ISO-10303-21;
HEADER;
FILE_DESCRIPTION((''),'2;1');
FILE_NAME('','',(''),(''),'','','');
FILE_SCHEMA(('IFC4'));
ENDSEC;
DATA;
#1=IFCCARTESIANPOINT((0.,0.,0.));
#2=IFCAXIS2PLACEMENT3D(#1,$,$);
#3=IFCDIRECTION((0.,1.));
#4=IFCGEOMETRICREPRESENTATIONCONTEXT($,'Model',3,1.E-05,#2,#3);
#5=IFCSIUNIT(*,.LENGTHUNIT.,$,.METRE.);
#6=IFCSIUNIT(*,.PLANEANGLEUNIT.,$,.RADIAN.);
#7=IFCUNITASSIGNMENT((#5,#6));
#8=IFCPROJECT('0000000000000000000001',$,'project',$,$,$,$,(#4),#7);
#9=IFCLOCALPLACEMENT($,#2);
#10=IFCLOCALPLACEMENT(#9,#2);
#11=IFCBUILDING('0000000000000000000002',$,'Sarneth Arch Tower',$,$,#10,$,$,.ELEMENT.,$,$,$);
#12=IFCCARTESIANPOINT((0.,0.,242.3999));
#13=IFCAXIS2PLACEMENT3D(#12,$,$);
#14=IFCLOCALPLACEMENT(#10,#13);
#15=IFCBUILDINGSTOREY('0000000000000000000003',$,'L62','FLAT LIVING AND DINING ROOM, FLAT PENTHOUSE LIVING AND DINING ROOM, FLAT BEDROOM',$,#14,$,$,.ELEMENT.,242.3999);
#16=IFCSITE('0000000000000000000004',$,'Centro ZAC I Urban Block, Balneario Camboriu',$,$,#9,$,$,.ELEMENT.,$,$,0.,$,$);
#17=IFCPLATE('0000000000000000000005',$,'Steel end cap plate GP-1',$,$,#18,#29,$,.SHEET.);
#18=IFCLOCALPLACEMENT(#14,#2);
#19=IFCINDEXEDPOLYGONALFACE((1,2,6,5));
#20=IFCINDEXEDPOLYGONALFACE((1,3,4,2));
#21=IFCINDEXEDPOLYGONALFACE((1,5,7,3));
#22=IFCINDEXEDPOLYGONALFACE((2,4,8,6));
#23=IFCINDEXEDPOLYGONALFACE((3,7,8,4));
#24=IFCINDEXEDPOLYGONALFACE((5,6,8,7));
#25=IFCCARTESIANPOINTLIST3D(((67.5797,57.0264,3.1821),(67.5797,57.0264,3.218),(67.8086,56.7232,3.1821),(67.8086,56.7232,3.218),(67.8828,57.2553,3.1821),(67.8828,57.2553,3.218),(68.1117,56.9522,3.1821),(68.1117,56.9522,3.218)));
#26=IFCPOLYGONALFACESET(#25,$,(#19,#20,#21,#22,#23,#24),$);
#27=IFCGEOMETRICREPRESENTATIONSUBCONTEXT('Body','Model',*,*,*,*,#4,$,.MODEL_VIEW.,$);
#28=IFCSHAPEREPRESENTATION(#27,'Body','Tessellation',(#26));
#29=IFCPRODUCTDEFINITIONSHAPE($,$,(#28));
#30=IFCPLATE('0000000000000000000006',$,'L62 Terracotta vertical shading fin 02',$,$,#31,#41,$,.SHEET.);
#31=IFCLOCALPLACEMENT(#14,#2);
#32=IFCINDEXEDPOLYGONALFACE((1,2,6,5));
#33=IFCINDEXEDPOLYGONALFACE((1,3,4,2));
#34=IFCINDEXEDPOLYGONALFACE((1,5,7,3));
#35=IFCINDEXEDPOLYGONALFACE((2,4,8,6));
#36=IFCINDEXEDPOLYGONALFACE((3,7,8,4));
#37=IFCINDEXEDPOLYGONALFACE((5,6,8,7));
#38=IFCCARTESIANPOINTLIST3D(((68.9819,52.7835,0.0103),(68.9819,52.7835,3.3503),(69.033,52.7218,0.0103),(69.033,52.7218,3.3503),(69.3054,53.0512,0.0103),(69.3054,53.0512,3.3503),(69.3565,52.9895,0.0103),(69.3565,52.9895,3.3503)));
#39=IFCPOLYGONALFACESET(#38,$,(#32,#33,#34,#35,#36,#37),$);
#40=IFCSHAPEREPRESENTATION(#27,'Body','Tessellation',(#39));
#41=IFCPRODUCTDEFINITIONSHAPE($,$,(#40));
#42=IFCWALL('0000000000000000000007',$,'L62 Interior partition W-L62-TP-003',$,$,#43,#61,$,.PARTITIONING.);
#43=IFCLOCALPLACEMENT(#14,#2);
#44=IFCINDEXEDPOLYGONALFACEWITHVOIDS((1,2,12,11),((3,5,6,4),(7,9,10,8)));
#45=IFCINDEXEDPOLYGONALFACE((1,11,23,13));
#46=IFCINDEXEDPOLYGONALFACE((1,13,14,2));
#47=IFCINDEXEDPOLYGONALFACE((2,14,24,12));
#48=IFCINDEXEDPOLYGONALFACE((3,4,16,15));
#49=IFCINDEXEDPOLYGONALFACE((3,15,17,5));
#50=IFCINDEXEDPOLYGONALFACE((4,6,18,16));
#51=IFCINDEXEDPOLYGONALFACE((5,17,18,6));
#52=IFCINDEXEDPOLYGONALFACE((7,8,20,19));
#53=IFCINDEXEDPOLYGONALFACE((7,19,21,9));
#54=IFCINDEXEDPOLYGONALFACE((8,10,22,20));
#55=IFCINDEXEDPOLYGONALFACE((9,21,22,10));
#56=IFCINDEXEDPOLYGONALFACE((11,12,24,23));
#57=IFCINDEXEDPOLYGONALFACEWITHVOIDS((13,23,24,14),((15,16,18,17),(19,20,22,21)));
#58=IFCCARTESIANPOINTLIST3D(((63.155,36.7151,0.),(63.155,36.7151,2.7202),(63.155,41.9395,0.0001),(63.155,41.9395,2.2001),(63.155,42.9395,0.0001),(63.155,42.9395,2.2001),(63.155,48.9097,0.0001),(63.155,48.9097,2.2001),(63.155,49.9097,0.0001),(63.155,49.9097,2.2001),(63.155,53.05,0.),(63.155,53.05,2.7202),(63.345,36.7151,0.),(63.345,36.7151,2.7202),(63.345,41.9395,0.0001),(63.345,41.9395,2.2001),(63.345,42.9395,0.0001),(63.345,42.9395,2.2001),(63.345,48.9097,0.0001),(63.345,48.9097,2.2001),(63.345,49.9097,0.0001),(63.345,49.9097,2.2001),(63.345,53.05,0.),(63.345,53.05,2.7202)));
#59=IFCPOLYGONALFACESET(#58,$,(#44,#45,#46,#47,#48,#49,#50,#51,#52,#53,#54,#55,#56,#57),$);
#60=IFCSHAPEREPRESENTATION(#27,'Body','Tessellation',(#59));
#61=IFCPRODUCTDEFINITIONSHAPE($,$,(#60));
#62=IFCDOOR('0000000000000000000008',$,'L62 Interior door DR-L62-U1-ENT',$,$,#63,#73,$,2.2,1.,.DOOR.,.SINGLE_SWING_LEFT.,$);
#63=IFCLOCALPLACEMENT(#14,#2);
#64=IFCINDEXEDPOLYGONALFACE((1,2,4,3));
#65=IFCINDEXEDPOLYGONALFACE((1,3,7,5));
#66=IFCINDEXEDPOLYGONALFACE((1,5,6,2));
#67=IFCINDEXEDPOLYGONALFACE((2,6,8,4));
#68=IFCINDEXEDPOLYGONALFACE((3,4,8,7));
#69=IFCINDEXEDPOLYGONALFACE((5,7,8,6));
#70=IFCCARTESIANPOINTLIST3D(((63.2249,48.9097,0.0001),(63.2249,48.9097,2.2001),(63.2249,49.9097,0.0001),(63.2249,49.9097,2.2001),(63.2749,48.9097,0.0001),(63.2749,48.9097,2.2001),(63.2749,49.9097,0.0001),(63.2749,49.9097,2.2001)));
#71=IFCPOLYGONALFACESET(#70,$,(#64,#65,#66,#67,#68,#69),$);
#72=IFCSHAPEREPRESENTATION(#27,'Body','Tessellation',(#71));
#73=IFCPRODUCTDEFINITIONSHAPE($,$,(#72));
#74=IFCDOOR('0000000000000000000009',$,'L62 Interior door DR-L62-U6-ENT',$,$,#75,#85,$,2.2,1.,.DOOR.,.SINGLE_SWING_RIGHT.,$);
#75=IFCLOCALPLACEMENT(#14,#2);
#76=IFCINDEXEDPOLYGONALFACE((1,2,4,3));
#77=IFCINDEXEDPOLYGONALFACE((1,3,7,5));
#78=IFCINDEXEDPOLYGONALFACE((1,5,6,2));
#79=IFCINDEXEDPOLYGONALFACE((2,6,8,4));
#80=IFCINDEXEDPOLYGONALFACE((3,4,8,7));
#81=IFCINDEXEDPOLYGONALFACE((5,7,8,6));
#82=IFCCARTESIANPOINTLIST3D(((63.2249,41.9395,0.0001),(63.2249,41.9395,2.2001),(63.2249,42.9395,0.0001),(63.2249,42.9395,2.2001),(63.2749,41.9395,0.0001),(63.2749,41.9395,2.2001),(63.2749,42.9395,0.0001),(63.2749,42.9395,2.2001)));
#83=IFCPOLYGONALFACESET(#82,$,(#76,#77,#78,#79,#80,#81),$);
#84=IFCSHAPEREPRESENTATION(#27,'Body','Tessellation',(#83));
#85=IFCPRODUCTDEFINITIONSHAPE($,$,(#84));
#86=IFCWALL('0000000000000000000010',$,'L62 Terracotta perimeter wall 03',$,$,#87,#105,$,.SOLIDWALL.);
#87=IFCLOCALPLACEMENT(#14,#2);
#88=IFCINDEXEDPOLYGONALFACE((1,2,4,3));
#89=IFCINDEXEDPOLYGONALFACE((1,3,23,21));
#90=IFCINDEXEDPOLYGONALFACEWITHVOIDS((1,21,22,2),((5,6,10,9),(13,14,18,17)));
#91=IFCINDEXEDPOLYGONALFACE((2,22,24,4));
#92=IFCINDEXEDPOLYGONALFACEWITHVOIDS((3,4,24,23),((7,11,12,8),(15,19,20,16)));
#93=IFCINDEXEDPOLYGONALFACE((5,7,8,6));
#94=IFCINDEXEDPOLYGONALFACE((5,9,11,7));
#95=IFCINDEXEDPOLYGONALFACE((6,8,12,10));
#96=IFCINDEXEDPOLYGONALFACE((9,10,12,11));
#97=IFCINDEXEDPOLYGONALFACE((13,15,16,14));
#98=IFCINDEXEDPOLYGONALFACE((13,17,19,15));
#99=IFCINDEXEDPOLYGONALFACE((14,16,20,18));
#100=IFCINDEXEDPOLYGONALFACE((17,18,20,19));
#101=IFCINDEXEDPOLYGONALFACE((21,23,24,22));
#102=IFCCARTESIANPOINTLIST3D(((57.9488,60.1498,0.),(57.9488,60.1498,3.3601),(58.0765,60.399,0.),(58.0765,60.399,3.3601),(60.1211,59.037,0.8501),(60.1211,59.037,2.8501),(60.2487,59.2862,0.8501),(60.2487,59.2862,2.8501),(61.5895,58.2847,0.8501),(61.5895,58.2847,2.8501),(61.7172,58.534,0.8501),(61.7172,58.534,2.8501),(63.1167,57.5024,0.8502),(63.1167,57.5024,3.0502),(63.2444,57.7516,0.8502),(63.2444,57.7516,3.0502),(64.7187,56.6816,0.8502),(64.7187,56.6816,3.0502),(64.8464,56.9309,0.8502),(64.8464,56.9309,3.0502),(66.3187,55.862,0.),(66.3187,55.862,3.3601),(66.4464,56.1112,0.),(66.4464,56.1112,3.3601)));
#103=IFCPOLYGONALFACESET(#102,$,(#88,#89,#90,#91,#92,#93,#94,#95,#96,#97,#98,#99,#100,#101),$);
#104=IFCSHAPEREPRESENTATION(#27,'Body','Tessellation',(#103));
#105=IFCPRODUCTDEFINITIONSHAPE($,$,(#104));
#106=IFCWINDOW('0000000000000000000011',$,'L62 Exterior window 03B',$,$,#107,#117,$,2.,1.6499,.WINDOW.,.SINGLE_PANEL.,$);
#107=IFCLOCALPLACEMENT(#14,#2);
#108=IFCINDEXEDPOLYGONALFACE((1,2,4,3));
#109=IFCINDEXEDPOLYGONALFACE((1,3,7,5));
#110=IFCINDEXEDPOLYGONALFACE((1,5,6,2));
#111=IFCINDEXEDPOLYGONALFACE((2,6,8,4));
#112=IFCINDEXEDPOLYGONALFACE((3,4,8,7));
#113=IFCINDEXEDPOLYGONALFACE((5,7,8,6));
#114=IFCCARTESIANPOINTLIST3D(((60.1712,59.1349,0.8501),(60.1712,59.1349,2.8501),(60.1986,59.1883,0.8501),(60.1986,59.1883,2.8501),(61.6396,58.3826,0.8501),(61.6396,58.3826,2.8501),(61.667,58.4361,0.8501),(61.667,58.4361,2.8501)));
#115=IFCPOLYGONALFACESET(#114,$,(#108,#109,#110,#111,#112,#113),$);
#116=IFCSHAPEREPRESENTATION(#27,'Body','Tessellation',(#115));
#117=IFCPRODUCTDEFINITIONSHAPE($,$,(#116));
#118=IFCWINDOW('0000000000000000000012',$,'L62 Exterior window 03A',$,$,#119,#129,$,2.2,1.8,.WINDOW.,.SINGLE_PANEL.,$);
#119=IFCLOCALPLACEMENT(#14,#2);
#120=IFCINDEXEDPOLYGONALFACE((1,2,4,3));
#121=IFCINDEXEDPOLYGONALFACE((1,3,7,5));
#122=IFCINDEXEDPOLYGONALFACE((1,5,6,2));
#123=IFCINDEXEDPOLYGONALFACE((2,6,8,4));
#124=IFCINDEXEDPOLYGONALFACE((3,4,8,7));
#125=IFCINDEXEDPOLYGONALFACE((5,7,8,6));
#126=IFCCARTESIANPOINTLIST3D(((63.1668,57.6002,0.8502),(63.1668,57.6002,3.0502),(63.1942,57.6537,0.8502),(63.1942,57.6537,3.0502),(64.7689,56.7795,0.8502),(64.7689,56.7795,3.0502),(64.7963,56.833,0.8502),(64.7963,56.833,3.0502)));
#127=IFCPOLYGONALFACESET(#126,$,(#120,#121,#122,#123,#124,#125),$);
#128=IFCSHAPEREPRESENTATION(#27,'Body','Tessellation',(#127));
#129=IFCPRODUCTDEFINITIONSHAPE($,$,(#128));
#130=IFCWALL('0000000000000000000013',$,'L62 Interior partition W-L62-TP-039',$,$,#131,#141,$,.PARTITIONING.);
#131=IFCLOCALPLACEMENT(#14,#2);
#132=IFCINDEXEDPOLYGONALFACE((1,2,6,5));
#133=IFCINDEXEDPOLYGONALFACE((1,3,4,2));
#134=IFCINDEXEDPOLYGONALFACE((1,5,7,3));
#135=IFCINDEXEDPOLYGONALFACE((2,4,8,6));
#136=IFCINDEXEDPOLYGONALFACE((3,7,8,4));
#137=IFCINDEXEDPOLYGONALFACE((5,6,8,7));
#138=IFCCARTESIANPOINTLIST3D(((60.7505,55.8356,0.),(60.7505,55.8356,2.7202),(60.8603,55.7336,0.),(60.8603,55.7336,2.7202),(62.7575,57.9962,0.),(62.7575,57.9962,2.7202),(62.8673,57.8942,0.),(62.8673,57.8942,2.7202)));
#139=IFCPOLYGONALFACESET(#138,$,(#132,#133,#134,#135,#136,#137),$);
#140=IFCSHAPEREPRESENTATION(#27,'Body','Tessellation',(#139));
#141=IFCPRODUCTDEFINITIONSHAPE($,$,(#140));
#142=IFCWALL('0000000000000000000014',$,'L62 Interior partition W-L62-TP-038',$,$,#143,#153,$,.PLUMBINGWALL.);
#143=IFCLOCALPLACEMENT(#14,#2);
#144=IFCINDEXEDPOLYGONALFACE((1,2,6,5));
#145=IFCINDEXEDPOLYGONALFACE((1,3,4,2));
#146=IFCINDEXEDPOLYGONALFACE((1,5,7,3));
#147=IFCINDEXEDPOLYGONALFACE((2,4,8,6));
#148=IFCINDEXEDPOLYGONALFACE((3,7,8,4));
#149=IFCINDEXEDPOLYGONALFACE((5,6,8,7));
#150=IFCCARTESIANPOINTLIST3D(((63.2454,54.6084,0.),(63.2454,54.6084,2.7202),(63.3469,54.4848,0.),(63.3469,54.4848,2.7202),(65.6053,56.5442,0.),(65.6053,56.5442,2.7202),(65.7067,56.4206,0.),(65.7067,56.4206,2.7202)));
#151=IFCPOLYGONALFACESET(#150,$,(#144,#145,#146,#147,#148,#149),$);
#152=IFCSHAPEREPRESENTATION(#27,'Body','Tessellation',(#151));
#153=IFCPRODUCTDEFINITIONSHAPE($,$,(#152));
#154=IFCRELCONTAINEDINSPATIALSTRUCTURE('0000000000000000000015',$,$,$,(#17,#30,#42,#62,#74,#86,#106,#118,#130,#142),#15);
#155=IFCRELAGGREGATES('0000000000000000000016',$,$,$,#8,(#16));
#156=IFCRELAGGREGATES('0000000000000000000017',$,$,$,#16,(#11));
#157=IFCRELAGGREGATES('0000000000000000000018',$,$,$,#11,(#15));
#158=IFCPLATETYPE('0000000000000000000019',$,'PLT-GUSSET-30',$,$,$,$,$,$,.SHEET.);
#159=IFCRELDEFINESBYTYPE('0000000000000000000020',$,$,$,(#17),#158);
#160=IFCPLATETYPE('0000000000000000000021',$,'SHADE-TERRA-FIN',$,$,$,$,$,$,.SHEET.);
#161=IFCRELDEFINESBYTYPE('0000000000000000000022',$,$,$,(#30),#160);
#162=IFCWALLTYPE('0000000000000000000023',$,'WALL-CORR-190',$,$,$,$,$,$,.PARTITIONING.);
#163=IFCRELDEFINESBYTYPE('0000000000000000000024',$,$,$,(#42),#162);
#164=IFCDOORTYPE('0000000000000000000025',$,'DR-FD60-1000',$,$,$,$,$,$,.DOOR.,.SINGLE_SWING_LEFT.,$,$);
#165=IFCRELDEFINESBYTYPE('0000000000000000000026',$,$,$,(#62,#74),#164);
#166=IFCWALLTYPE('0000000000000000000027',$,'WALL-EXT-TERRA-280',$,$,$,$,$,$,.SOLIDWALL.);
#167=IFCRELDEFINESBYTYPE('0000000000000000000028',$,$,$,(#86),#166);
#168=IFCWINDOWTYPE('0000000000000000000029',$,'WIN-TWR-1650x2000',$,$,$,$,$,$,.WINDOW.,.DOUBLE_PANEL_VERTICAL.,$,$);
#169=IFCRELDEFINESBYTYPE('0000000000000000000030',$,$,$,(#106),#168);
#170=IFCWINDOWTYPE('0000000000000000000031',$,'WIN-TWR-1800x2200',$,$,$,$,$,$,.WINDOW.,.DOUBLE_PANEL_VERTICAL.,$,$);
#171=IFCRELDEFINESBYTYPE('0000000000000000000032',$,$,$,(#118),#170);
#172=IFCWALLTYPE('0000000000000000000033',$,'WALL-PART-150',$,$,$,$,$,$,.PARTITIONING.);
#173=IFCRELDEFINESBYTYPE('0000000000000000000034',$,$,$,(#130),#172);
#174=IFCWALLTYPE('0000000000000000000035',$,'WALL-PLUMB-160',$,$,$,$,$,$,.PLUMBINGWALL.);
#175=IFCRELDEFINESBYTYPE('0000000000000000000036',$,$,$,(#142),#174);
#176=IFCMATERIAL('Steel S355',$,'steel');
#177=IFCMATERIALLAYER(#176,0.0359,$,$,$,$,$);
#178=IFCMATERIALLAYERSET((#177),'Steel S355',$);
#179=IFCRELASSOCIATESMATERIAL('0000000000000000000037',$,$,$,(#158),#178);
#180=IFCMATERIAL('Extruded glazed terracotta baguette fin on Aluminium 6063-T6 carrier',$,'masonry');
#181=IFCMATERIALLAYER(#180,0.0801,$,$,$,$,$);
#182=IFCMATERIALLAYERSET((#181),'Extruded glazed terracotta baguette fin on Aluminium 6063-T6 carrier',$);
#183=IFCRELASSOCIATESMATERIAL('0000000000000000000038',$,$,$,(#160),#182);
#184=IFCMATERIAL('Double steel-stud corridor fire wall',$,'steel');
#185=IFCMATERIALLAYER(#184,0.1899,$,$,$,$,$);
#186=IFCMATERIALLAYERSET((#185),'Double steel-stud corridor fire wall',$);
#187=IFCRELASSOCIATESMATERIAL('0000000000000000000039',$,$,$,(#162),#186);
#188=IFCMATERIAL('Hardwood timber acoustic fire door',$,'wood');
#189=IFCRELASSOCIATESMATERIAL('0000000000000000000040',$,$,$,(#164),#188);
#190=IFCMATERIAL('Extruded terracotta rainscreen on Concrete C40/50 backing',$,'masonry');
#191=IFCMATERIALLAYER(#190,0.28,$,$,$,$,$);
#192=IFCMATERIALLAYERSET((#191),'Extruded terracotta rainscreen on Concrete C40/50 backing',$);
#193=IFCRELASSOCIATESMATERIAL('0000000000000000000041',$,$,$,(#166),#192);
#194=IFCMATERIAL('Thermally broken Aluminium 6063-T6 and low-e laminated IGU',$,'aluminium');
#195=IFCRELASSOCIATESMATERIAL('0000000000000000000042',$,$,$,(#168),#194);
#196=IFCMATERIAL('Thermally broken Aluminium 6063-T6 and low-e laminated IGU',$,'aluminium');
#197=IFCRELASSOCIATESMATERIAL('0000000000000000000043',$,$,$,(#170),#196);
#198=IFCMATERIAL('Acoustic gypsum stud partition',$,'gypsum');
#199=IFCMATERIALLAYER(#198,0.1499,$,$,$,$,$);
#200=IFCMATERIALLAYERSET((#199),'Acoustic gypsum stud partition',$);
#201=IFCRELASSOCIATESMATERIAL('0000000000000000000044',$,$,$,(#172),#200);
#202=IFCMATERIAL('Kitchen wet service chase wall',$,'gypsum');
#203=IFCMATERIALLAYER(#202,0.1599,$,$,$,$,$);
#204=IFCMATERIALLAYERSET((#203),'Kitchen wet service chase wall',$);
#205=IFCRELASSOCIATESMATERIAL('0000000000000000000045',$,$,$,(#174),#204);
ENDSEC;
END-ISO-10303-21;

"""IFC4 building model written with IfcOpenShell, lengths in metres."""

from ifc_helpers import new_model, si_unit, direction, frame, frame_2d, origin, origin_2d, place, context, subcontext, project, spatial, rectangle, extrude, material, layer, layer_set, type_object, element, fill, save


model = new_model("IFC4")

# Units and contexts
model_context = context("Model", 3, precision=1e-05, world=origin(), true_north=direction((0.0, 1.0)))
body_context = subcontext(model_context, "Body", "Model", "MODEL_VIEW")
ifc_project = project(units=[si_unit("LENGTHUNIT", "METRE"), si_unit("PLANEANGLEUNIT", "RADIAN")], contexts=[model_context])

# Site, building, storey
site_placement = place(None, origin())
site = spatial("IfcSite", under=ifc_project, at=site_placement, Name="Centro ZAC I Urban Block, Balneario Camboriu", CompositionType="ELEMENT", RefElevation=0.0)
building_placement = place(site_placement, origin())
building = spatial("IfcBuilding", under=site, at=building_placement, Name="Sarneth Arch Tower", CompositionType="ELEMENT")
storey_placement = place(building_placement, frame((0.0, 0.0, 242.3999)))
storey = spatial("IfcBuildingStorey", under=building, at=storey_placement, Name="L62", Description="FLAT LIVING AND DINING ROOM, FLAT PENTHOUSE LIVING AND DINING ROOM, FLAT BEDROOM", CompositionType="ELEMENT", Elevation=242.3999)

# Plates
ifc_material_1 = material(Name="Steel S355", Category="steel")
ifc_layer_1 = layer(ifc_material_1, 0.0359)
ifc_layer_set_1 = layer_set([ifc_layer_1], Name="Steel S355")
plate_type_1 = type_object("IfcPlateType", Name="PLT-GUSSET-30", PredefinedType="SHEET", material=ifc_layer_set_1)
plate_1_placement = place(storey_placement, frame((67.8457, 56.9893, 3.1821), z_axis=(0.0, 0.0, 1.0), x_axis=(0.798005, 0.602651, 0.0)))
element("IfcPlate", 1, at=plate_1_placement, inside=storey, type_object=plate_type_1, Name="Steel end cap plate GP-1", PredefinedType="SHEET", context=body_context, shape_type="SweptSolid", body=[
    extrude(rectangle(XDim=0.3799, YDim=0.3799, at=origin_2d()), origin(), (0.0, 0.0, 1.0), 0.0359),
])
ifc_material_2 = material(Name="Extruded glazed terracotta baguette fin on Aluminium 6063-T6 carrier", Category="masonry")
ifc_layer_2 = layer(ifc_material_2, 0.0801)
ifc_layer_set_2 = layer_set([ifc_layer_2], Name="Extruded glazed terracotta baguette fin on Aluminium 6063-T6 carrier")
plate_type_2 = type_object("IfcPlateType", Name="SHADE-TERRA-FIN", PredefinedType="SHEET", material=ifc_layer_set_2)
plate_2_placement = place(storey_placement, frame((69.1692, 52.8865, 0.0103), z_axis=(0.0, 0.0, 1.0), x_axis=(0.770402, 0.637558, 0.0)))
element("IfcPlate", 2, at=plate_2_placement, inside=storey, type_object=plate_type_2, Name="L62 Terracotta vertical shading fin 02", PredefinedType="SHEET", context=body_context, shape_type="SweptSolid", body=[
    extrude(rectangle(XDim=0.4199, YDim=0.0801, at=origin_2d()), origin(), (0.0, 0.0, 1.0), 3.3401),
])

# Wall, openings, doors
ifc_material_3 = material(Name="Double steel-stud corridor fire wall", Category="steel")
ifc_layer_3 = layer(ifc_material_3, 0.1899)
ifc_layer_set_3 = layer_set([ifc_layer_3], Name="Double steel-stud corridor fire wall")
wall_type_1 = type_object("IfcWallType", Name="WALL-CORR-190", PredefinedType="PARTITIONING", material=ifc_layer_set_3)
wall_1_placement = place(storey_placement, frame((63.25, 53.05, 0.0), z_axis=(0.0, 0.0, 1.0), x_axis=(0.0, -1.0, 0.0)))
wall_1 = element("IfcWall", 3, at=wall_1_placement, inside=storey, type_object=wall_type_1, Name="L62 Interior partition W-L62-TP-003", PredefinedType="PARTITIONING", context=body_context, shape_type="SweptSolid", body=[
    extrude(rectangle(XDim=16.335, YDim=0.1899, at=frame_2d((8.1675, 0.0))), origin(), (0.0, 0.0, 1.0), 2.7202),
])
opening_1_placement = place(wall_1_placement, frame((3.1404, 0.0, 0.0)))
opening_1 = element("IfcOpeningElement", 4, at=opening_1_placement, cuts=wall_1, PredefinedType="OPENING", context=body_context, shape_type="SweptSolid", body=[
    extrude(rectangle(XDim=1.0, YDim=2.2, at=frame_2d((0.5, 1.1001))), frame((0.0, 0.105, 0.0), z_axis=(0.0, -1.0, 0.0), x_axis=(1.0, 0.0, 0.0)), (0.0, 0.0, 1.0), 0.21),
])
opening_2_placement = place(wall_1_placement, frame((10.1106, 0.0, 0.0)))
opening_2 = element("IfcOpeningElement", 5, at=opening_2_placement, cuts=wall_1, PredefinedType="OPENING", context=body_context, shape_type="SweptSolid", body=[
    extrude(rectangle(XDim=1.0, YDim=2.2, at=frame_2d((0.5, 1.1001))), frame((0.0, 0.105, 0.0), z_axis=(0.0, -1.0, 0.0), x_axis=(1.0, 0.0, 0.0)), (0.0, 0.0, 1.0), 0.21),
])
ifc_material_4 = material(Name="Hardwood timber acoustic fire door", Category="wood")
door_type_1 = type_object("IfcDoorType", Name="DR-FD60-1000", OperationType="SINGLE_SWING_LEFT", PredefinedType="DOOR", material=ifc_material_4)
door_1_placement = place(opening_1_placement, origin())
door_1 = element("IfcDoor", 6, at=door_1_placement, inside=storey, type_object=door_type_1, Name="L62 Interior door DR-L62-U1-ENT", OperationType="SINGLE_SWING_LEFT", OverallHeight=2.2, OverallWidth=1.0, PredefinedType="DOOR", context=body_context, shape_type="SweptSolid", body=[
    extrude(rectangle(XDim=1.0, YDim=2.2, at=frame_2d((0.5, 1.1001))), frame((0.0, 0.0249, 0.0), z_axis=(0.0, -1.0, 0.0), x_axis=(1.0, 0.0, 0.0)), (0.0, 0.0, 1.0), 0.05),
])
fill(opening_1, door_1)
door_2_placement = place(opening_2_placement, origin())
door_2 = element("IfcDoor", 7, at=door_2_placement, inside=storey, type_object=door_type_1, Name="L62 Interior door DR-L62-U6-ENT", OperationType="SINGLE_SWING_RIGHT", OverallHeight=2.2, OverallWidth=1.0, PredefinedType="DOOR", context=body_context, shape_type="SweptSolid", body=[
    extrude(rectangle(XDim=1.0, YDim=2.2, at=frame_2d((0.5, 1.1001))), frame((0.0, 0.0249, 0.0), z_axis=(0.0, -1.0, 0.0), x_axis=(1.0, 0.0, 0.0)), (0.0, 0.0, 1.0), 0.05),
])
fill(opening_2, door_2)

# Wall, openings, windows
ifc_material_5 = material(Name="Extruded terracotta rainscreen on Concrete C40/50 backing", Category="masonry")
ifc_layer_4 = layer(ifc_material_5, 0.28)
ifc_layer_set_4 = layer_set([ifc_layer_4], Name="Extruded terracotta rainscreen on Concrete C40/50 backing")
wall_type_2 = type_object("IfcWallType", Name="WALL-EXT-TERRA-280", PredefinedType="SOLIDWALL", material=ifc_layer_set_4)
wall_2_placement = place(storey_placement, frame((66.3826, 55.9866, 0.0), z_axis=(0.0, 0.0, 1.0), x_axis=(-0.890007, 0.455946, 0.0)))
wall_2 = element("IfcWall", 8, at=wall_2_placement, inside=storey, type_object=wall_type_2, Name="L62 Terracotta perimeter wall 03", PredefinedType="SOLIDWALL", context=body_context, shape_type="SweptSolid", body=[
    extrude(rectangle(XDim=9.4043, YDim=0.28, at=frame_2d((4.7021, 0.0))), origin(), (0.0, 0.0, 1.0), 3.3601),
])
opening_3_placement = place(wall_2_placement, frame((1.7979, 0.0, 0.8501)))
opening_3 = element("IfcOpeningElement", 9, at=opening_3_placement, cuts=wall_2, PredefinedType="OPENING", context=body_context, shape_type="SweptSolid", body=[
    extrude(rectangle(XDim=1.8, YDim=2.2, at=frame_2d((0.8999, 1.1001))), frame((0.0, 0.1499, 0.0), z_axis=(0.0, -1.0, 0.0), x_axis=(1.0, 0.0, 0.0)), (0.0, 0.0, 1.0), 0.3),
])
opening_4_placement = place(wall_2_placement, frame((5.3137, 0.0, 0.8501)))
opening_4 = element("IfcOpeningElement", 10, at=opening_4_placement, cuts=wall_2, PredefinedType="OPENING", context=body_context, shape_type="SweptSolid", body=[
    extrude(rectangle(XDim=1.6499, YDim=2.0, at=frame_2d((0.825, 1.0))), frame((0.0, 0.1499, 0.0), z_axis=(0.0, -1.0, 0.0), x_axis=(1.0, 0.0, 0.0)), (0.0, 0.0, 1.0), 0.3),
])
ifc_material_6 = material(Name="Thermally broken Aluminium 6063-T6 and low-e laminated IGU", Category="aluminium")
window_type_1 = type_object("IfcWindowType", Name="WIN-TWR-1650x2000", PartitioningType="DOUBLE_PANEL_VERTICAL", PredefinedType="WINDOW", material=ifc_material_6)
window_1_placement = place(opening_4_placement, origin())
window_1 = element("IfcWindow", 11, at=window_1_placement, inside=storey, type_object=window_type_1, Name="L62 Exterior window 03B", OverallHeight=2.0, OverallWidth=1.6499, PartitioningType="SINGLE_PANEL", PredefinedType="WINDOW", context=body_context, shape_type="SweptSolid", body=[
    extrude(rectangle(XDim=1.6499, YDim=2.0, at=frame_2d((0.825, 1.0))), frame((0.0, 0.03, 0.0), z_axis=(0.0, -1.0, 0.0), x_axis=(1.0, 0.0, 0.0)), (0.0, 0.0, 1.0), 0.0601),
])
fill(opening_4, window_1)
ifc_material_7 = material(Name="Thermally broken Aluminium 6063-T6 and low-e laminated IGU", Category="aluminium")
window_type_2 = type_object("IfcWindowType", Name="WIN-TWR-1800x2200", PartitioningType="DOUBLE_PANEL_VERTICAL", PredefinedType="WINDOW", material=ifc_material_7)
window_2_placement = place(opening_3_placement, origin())
window_2 = element("IfcWindow", 12, at=window_2_placement, inside=storey, type_object=window_type_2, Name="L62 Exterior window 03A", OverallHeight=2.2, OverallWidth=1.8, PartitioningType="SINGLE_PANEL", PredefinedType="WINDOW", context=body_context, shape_type="SweptSolid", body=[
    extrude(rectangle(XDim=1.8, YDim=2.2, at=frame_2d((0.8999, 1.1001))), frame((0.0, 0.03, 0.0), z_axis=(0.0, -1.0, 0.0), x_axis=(1.0, 0.0, 0.0)), (0.0, 0.0, 1.0), 0.0601),
])
fill(opening_3, window_2)

# Walls
ifc_material_8 = material(Name="Acoustic gypsum stud partition", Category="gypsum")
ifc_layer_5 = layer(ifc_material_8, 0.1499)
ifc_layer_set_5 = layer_set([ifc_layer_5], Name="Acoustic gypsum stud partition")
wall_type_3 = type_object("IfcWallType", Name="WALL-PART-150", PredefinedType="PARTITIONING", material=ifc_layer_set_5)
wall_3_placement = place(storey_placement, frame((62.8125, 57.9453, 0.0), z_axis=(0.0, 0.0, 1.0), x_axis=(-0.680591, -0.732664, 0.0)))
element("IfcWall", 13, at=wall_3_placement, inside=storey, type_object=wall_type_3, Name="L62 Interior partition W-L62-TP-039", PredefinedType="PARTITIONING", context=body_context, shape_type="SweptSolid", body=[
    extrude(rectangle(XDim=2.949, YDim=0.1499, at=frame_2d((1.4746, 0.0))), origin(), (0.0, 0.0, 1.0), 2.7202),
])
ifc_material_9 = material(Name="Kitchen wet service chase wall", Category="gypsum")
ifc_layer_6 = layer(ifc_material_9, 0.1599)
ifc_layer_set_6 = layer_set([ifc_layer_6], Name="Kitchen wet service chase wall")
wall_type_4 = type_object("IfcWallType", Name="WALL-PLUMB-160", PredefinedType="PLUMBINGWALL", material=ifc_layer_set_6)
wall_4_placement = place(storey_placement, frame((63.2961, 54.5466, 0.0), z_axis=(0.0, 0.0, 1.0), x_axis=(0.773155, 0.634217, 0.0)))
element("IfcWall", 14, at=wall_4_placement, inside=storey, type_object=wall_type_4, Name="L62 Interior partition W-L62-TP-038", PredefinedType="PLUMBINGWALL", context=body_context, shape_type="SweptSolid", body=[
    extrude(rectangle(XDim=3.0522, YDim=0.1599, at=frame_2d((1.5261, 0.0))), origin(), (0.0, 0.0, 1.0), 2.7202),
])

save(model, "model.ifc")
